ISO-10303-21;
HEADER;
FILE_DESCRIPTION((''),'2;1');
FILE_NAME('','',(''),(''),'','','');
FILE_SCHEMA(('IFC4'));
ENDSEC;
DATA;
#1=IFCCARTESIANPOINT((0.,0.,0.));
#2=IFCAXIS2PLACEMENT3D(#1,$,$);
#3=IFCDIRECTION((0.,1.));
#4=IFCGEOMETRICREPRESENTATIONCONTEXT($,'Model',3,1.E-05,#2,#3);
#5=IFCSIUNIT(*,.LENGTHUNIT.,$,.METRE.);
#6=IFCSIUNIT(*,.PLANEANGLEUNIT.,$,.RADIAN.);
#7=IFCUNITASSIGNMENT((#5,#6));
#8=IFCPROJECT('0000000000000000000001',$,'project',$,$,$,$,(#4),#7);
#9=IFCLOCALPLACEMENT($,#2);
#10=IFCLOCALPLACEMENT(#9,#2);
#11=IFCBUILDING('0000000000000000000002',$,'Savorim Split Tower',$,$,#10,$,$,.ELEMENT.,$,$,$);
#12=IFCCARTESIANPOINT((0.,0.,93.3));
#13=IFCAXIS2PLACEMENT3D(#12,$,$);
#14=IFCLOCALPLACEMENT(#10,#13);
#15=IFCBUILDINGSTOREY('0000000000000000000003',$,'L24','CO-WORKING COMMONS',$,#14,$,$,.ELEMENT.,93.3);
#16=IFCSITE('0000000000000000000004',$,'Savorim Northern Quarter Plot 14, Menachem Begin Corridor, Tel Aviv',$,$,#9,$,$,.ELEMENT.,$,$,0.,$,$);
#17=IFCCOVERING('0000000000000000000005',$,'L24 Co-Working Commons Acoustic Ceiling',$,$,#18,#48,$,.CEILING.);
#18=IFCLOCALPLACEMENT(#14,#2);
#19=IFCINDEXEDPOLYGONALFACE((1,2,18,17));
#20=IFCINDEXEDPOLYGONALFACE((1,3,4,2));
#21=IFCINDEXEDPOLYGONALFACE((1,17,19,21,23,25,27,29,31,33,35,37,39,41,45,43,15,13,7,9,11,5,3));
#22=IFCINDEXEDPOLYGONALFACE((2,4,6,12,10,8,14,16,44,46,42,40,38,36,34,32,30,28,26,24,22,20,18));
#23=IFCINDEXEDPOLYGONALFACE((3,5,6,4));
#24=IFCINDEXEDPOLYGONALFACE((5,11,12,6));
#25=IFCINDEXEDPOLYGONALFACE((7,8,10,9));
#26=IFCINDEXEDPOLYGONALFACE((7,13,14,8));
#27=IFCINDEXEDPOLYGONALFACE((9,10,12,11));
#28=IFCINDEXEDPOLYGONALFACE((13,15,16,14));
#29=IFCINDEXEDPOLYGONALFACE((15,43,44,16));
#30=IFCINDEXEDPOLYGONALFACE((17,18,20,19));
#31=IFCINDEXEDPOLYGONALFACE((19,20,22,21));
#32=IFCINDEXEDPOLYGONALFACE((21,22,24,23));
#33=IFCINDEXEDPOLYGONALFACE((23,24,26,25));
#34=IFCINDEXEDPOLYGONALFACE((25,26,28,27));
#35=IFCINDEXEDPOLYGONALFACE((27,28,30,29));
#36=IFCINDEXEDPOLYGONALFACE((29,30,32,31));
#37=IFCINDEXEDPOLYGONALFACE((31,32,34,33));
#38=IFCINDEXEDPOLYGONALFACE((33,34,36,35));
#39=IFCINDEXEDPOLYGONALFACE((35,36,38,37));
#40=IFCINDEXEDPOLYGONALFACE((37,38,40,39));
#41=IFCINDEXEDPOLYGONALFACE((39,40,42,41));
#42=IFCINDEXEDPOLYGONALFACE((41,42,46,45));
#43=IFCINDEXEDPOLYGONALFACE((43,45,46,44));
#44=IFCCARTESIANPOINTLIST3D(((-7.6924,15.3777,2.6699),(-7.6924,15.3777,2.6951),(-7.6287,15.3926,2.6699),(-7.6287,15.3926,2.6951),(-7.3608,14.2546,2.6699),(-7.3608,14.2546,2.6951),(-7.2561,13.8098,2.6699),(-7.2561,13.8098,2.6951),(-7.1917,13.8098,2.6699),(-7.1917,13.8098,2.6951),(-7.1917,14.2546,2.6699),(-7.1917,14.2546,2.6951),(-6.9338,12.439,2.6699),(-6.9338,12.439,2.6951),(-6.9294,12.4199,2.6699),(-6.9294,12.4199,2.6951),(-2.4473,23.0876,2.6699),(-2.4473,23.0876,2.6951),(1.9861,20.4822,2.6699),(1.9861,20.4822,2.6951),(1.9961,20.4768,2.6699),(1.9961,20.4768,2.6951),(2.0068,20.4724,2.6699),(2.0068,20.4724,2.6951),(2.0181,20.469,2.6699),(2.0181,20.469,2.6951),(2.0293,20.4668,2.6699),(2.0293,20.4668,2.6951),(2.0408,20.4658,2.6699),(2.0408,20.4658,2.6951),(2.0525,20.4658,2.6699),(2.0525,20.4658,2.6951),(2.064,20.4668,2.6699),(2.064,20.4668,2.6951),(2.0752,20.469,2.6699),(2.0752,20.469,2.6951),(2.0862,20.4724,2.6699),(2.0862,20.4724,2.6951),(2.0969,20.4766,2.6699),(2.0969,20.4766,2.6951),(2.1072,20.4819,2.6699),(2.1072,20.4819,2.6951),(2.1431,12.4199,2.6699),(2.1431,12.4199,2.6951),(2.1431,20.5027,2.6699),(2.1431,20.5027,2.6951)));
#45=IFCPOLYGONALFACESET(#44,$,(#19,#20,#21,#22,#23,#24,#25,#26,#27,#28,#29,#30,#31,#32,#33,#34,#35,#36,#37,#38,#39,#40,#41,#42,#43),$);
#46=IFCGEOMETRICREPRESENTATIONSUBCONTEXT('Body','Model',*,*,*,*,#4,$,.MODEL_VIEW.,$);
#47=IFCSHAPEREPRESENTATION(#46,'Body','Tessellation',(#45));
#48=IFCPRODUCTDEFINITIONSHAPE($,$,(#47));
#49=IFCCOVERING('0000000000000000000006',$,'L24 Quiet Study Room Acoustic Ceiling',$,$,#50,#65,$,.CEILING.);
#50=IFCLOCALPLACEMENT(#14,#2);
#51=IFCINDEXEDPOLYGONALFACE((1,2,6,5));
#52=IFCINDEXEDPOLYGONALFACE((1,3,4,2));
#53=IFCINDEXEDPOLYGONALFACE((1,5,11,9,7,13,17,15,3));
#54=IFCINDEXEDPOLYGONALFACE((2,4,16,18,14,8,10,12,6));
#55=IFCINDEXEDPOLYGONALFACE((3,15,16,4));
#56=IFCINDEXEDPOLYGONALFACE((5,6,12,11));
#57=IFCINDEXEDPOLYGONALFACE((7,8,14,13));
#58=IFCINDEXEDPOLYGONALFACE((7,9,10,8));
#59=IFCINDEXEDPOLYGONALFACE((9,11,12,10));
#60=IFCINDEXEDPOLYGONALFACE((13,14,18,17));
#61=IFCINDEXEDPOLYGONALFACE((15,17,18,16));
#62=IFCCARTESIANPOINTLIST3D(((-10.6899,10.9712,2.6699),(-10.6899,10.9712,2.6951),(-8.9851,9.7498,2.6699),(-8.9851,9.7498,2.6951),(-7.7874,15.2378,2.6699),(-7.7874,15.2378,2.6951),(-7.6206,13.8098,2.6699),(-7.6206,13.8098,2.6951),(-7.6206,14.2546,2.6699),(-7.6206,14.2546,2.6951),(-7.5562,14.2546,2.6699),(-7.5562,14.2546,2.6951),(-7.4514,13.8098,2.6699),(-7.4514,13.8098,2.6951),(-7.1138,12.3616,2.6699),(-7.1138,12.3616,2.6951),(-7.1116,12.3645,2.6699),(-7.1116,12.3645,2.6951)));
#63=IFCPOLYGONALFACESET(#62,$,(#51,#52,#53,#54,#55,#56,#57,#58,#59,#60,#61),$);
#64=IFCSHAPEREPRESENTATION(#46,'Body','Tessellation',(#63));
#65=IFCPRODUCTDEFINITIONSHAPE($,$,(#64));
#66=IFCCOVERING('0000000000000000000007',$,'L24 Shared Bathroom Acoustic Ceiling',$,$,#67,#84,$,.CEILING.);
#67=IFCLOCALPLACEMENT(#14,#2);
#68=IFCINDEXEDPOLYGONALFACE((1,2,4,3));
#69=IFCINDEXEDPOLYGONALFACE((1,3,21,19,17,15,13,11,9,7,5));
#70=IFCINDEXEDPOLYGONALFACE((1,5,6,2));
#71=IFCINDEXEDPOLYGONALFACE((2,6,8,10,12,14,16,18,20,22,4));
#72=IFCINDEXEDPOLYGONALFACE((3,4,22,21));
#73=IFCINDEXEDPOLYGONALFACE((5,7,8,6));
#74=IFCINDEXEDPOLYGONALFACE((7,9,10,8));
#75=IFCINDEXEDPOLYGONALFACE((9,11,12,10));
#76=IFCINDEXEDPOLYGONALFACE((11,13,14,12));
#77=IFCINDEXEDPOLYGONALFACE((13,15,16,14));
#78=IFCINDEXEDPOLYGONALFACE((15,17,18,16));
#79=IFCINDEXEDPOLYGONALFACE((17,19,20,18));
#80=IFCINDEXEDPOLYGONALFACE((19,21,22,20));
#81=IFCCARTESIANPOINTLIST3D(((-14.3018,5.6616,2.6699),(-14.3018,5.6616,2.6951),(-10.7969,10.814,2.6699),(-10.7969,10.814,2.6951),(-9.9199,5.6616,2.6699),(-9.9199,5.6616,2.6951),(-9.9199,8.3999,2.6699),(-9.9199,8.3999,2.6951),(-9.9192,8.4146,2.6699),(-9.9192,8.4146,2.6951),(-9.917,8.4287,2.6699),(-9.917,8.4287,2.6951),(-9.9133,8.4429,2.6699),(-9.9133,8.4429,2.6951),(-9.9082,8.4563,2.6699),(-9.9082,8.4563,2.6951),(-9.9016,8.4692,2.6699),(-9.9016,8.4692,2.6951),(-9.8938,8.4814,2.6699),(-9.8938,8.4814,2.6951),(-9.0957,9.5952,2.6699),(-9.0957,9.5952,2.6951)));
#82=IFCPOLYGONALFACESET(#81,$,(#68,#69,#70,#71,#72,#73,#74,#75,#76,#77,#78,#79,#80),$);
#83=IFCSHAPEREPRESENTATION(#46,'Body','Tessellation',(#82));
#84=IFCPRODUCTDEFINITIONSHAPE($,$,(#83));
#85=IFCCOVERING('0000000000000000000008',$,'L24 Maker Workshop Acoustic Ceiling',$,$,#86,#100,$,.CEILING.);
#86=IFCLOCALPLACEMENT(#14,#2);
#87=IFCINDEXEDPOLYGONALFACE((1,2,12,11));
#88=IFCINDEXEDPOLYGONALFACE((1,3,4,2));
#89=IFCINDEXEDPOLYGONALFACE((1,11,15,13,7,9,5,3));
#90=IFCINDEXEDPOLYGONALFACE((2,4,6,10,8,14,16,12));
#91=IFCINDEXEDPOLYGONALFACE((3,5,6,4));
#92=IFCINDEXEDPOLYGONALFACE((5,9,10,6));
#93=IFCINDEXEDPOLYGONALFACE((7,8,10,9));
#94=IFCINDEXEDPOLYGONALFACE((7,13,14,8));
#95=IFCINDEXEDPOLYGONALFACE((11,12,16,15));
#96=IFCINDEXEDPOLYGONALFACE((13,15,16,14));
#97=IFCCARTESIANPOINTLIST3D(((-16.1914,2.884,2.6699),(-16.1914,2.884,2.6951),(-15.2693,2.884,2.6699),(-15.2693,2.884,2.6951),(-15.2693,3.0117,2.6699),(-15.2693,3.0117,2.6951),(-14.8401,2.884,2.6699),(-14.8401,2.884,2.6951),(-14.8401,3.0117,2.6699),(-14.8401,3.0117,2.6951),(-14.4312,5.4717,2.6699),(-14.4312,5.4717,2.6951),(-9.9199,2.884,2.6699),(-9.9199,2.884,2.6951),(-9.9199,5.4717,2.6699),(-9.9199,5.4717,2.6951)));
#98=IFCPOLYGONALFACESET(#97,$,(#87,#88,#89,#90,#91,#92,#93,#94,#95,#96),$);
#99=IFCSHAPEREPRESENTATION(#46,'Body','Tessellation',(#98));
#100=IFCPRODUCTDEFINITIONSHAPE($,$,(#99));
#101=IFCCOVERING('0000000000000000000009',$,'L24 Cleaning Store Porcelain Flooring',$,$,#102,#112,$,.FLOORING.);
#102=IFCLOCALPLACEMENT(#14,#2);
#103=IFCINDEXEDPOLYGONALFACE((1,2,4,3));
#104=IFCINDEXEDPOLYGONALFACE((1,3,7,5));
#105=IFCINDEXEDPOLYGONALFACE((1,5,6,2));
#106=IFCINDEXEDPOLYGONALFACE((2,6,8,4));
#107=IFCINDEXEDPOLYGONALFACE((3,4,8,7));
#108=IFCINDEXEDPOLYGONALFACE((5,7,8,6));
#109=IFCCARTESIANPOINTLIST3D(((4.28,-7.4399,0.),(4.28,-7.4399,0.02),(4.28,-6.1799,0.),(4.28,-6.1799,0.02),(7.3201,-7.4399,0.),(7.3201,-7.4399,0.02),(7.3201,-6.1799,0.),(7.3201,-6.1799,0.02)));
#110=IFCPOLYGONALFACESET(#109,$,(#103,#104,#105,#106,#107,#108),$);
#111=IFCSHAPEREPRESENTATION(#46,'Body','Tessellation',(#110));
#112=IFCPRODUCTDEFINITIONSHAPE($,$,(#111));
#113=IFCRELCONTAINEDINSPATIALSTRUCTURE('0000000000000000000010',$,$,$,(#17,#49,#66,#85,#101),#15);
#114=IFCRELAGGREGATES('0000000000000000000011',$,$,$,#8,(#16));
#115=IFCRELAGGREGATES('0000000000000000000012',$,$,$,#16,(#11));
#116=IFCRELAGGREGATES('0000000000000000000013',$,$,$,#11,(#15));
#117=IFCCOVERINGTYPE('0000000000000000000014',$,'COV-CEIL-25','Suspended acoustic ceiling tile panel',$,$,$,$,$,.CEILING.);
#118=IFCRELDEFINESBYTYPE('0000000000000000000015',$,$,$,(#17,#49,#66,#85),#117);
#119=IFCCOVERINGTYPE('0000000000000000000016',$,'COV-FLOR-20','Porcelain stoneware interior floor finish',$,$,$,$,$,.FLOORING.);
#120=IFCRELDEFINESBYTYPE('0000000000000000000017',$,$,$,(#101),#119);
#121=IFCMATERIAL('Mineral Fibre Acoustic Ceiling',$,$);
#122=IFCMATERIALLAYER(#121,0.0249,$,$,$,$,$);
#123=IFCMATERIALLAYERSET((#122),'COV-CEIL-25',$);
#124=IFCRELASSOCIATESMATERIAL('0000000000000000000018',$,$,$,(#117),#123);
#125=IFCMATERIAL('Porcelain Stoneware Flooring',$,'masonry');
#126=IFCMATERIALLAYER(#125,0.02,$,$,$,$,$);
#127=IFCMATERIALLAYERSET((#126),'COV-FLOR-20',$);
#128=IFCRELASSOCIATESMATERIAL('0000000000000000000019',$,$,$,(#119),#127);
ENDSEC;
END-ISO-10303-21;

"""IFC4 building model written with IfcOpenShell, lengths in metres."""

from ifc_helpers import new_model, si_unit, direction, frame, origin, place, context, subcontext, project, spatial, polyline, outline, extrude, material, layer, layer_set, type_object, element, save


model = new_model("IFC4")

# Units and contexts
model_context = context("Model", 3, precision=1e-05, world=origin(), true_north=direction((0.0, 1.0)))
body_context = subcontext(model_context, "Body", "Model", "MODEL_VIEW")
ifc_project = project(units=[si_unit("LENGTHUNIT", "METRE"), si_unit("PLANEANGLEUNIT", "RADIAN")], contexts=[model_context])

# Site, building, storey
site_placement = place(None, origin())
site = spatial("IfcSite", under=ifc_project, at=site_placement, Name="Savorim Northern Quarter Plot 14, Menachem Begin Corridor, Tel Aviv", CompositionType="ELEMENT", RefElevation=0.0)
building_placement = place(site_placement, origin())
building = spatial("IfcBuilding", under=site, at=building_placement, Name="Savorim Split Tower", CompositionType="ELEMENT")
storey_placement = place(building_placement, frame((0.0, 0.0, 93.3)))
storey = spatial("IfcBuildingStorey", under=building, at=storey_placement, Name="L24", Description="CO-WORKING COMMONS", CompositionType="ELEMENT", Elevation=93.3)

# Coverings
ifc_material_1 = material(Name="Mineral Fibre Acoustic Ceiling")
ifc_layer_1 = layer(ifc_material_1, 0.0249)
ifc_layer_set_1 = layer_set([ifc_layer_1], Name="COV-CEIL-25")
covering_type_1 = type_object("IfcCoveringType", Name="COV-CEIL-25", Description="Suspended acoustic ceiling tile panel", PredefinedType="CEILING", material=ifc_layer_set_1)
covering_1_placement = place(storey_placement, frame((0.0, 0.0, 2.6699)))
element("IfcCovering", 1, at=covering_1_placement, inside=storey, type_object=covering_type_1, Name="L24 Co-Working Commons Acoustic Ceiling", PredefinedType="CEILING", context=body_context, shape_type="SweptSolid", body=[
    extrude(outline(polyline([(2.0068, 20.4724), (1.9961, 20.4768), (1.9861, 20.4822), (-2.4473, 23.0876), (-7.6924, 15.3777), (-7.6287, 15.3926), (-7.3608, 14.2546), (-7.1917, 14.2546), (-7.1917, 13.8098), (-7.2561, 13.8098), (-6.9338, 12.439), (-6.9294, 12.4199), (2.1431, 12.4199), (2.1431, 20.5027), (2.1072, 20.4819), (2.0969, 20.4766), (2.0862, 20.4724), (2.0752, 20.469), (2.064, 20.4668), (2.0525, 20.4658), (2.0408, 20.4658), (2.0293, 20.4668), (2.0181, 20.469), (2.0068, 20.4724)])), origin(), (0.0, 0.0, 1.0), 0.0251),
])
covering_2_placement = place(storey_placement, frame((0.0, 0.0, 2.6699)))
element("IfcCovering", 2, at=covering_2_placement, inside=storey, type_object=covering_type_1, Name="L24 Quiet Study Room Acoustic Ceiling", PredefinedType="CEILING", context=body_context, shape_type="SweptSolid", body=[
    extrude(outline(polyline([(-8.9851, 9.7498), (-7.1138, 12.3616), (-7.1116, 12.3645), (-7.4514, 13.8098), (-7.6206, 13.8098), (-7.6206, 14.2546), (-7.5562, 14.2546), (-7.7874, 15.2378), (-10.6899, 10.9712), (-8.9851, 9.7498)])), origin(), (0.0, 0.0, 1.0), 0.0251),
])
covering_3_placement = place(storey_placement, frame((0.0, 0.0, 2.6699)))
element("IfcCovering", 3, at=covering_3_placement, inside=storey, type_object=covering_type_1, Name="L24 Shared Bathroom Acoustic Ceiling", PredefinedType="CEILING", context=body_context, shape_type="SweptSolid", body=[
    extrude(outline(polyline([(-9.9082, 8.4563), (-9.9016, 8.4692), (-9.8938, 8.4814), (-9.0957, 9.5952), (-10.7969, 10.814), (-14.3018, 5.6616), (-9.9199, 5.6616), (-9.9199, 8.3999), (-9.9192, 8.4146), (-9.917, 8.4287), (-9.9133, 8.4429), (-9.9082, 8.4563)])), origin(), (0.0, 0.0, 1.0), 0.0251),
])
covering_4_placement = place(storey_placement, frame((0.0, 0.0, 2.6699)))
element("IfcCovering", 4, at=covering_4_placement, inside=storey, type_object=covering_type_1, Name="L24 Maker Workshop Acoustic Ceiling", PredefinedType="CEILING", context=body_context, shape_type="SweptSolid", body=[
    extrude(outline(polyline([(-14.8401, 3.0117), (-14.8401, 2.884), (-9.9199, 2.884), (-9.9199, 5.4717), (-14.4312, 5.4717), (-16.1914, 2.884), (-15.2693, 2.884), (-15.2693, 3.0117), (-14.8401, 3.0117)])), origin(), (0.0, 0.0, 1.0), 0.0251),
])
ifc_material_2 = material(Name="Porcelain Stoneware Flooring", Category="masonry")
ifc_layer_2 = layer(ifc_material_2, 0.02)
ifc_layer_set_2 = layer_set([ifc_layer_2], Name="COV-FLOR-20")
covering_type_2 = type_object("IfcCoveringType", Name="COV-FLOR-20", Description="Porcelain stoneware interior floor finish", PredefinedType="FLOORING", material=ifc_layer_set_2)
covering_5_placement = place(storey_placement, origin())
element("IfcCovering", 5, at=covering_5_placement, inside=storey, type_object=covering_type_2, Name="L24 Cleaning Store Porcelain Flooring", PredefinedType="FLOORING", context=body_context, shape_type="SweptSolid", body=[
    extrude(outline(polyline([(4.28, -6.1799), (4.28, -7.4399), (7.3201, -7.4399), (7.3201, -6.1799), (4.28, -6.1799)])), origin(), (0.0, 0.0, 1.0), 0.02),
])

save(model, "model.ifc")
